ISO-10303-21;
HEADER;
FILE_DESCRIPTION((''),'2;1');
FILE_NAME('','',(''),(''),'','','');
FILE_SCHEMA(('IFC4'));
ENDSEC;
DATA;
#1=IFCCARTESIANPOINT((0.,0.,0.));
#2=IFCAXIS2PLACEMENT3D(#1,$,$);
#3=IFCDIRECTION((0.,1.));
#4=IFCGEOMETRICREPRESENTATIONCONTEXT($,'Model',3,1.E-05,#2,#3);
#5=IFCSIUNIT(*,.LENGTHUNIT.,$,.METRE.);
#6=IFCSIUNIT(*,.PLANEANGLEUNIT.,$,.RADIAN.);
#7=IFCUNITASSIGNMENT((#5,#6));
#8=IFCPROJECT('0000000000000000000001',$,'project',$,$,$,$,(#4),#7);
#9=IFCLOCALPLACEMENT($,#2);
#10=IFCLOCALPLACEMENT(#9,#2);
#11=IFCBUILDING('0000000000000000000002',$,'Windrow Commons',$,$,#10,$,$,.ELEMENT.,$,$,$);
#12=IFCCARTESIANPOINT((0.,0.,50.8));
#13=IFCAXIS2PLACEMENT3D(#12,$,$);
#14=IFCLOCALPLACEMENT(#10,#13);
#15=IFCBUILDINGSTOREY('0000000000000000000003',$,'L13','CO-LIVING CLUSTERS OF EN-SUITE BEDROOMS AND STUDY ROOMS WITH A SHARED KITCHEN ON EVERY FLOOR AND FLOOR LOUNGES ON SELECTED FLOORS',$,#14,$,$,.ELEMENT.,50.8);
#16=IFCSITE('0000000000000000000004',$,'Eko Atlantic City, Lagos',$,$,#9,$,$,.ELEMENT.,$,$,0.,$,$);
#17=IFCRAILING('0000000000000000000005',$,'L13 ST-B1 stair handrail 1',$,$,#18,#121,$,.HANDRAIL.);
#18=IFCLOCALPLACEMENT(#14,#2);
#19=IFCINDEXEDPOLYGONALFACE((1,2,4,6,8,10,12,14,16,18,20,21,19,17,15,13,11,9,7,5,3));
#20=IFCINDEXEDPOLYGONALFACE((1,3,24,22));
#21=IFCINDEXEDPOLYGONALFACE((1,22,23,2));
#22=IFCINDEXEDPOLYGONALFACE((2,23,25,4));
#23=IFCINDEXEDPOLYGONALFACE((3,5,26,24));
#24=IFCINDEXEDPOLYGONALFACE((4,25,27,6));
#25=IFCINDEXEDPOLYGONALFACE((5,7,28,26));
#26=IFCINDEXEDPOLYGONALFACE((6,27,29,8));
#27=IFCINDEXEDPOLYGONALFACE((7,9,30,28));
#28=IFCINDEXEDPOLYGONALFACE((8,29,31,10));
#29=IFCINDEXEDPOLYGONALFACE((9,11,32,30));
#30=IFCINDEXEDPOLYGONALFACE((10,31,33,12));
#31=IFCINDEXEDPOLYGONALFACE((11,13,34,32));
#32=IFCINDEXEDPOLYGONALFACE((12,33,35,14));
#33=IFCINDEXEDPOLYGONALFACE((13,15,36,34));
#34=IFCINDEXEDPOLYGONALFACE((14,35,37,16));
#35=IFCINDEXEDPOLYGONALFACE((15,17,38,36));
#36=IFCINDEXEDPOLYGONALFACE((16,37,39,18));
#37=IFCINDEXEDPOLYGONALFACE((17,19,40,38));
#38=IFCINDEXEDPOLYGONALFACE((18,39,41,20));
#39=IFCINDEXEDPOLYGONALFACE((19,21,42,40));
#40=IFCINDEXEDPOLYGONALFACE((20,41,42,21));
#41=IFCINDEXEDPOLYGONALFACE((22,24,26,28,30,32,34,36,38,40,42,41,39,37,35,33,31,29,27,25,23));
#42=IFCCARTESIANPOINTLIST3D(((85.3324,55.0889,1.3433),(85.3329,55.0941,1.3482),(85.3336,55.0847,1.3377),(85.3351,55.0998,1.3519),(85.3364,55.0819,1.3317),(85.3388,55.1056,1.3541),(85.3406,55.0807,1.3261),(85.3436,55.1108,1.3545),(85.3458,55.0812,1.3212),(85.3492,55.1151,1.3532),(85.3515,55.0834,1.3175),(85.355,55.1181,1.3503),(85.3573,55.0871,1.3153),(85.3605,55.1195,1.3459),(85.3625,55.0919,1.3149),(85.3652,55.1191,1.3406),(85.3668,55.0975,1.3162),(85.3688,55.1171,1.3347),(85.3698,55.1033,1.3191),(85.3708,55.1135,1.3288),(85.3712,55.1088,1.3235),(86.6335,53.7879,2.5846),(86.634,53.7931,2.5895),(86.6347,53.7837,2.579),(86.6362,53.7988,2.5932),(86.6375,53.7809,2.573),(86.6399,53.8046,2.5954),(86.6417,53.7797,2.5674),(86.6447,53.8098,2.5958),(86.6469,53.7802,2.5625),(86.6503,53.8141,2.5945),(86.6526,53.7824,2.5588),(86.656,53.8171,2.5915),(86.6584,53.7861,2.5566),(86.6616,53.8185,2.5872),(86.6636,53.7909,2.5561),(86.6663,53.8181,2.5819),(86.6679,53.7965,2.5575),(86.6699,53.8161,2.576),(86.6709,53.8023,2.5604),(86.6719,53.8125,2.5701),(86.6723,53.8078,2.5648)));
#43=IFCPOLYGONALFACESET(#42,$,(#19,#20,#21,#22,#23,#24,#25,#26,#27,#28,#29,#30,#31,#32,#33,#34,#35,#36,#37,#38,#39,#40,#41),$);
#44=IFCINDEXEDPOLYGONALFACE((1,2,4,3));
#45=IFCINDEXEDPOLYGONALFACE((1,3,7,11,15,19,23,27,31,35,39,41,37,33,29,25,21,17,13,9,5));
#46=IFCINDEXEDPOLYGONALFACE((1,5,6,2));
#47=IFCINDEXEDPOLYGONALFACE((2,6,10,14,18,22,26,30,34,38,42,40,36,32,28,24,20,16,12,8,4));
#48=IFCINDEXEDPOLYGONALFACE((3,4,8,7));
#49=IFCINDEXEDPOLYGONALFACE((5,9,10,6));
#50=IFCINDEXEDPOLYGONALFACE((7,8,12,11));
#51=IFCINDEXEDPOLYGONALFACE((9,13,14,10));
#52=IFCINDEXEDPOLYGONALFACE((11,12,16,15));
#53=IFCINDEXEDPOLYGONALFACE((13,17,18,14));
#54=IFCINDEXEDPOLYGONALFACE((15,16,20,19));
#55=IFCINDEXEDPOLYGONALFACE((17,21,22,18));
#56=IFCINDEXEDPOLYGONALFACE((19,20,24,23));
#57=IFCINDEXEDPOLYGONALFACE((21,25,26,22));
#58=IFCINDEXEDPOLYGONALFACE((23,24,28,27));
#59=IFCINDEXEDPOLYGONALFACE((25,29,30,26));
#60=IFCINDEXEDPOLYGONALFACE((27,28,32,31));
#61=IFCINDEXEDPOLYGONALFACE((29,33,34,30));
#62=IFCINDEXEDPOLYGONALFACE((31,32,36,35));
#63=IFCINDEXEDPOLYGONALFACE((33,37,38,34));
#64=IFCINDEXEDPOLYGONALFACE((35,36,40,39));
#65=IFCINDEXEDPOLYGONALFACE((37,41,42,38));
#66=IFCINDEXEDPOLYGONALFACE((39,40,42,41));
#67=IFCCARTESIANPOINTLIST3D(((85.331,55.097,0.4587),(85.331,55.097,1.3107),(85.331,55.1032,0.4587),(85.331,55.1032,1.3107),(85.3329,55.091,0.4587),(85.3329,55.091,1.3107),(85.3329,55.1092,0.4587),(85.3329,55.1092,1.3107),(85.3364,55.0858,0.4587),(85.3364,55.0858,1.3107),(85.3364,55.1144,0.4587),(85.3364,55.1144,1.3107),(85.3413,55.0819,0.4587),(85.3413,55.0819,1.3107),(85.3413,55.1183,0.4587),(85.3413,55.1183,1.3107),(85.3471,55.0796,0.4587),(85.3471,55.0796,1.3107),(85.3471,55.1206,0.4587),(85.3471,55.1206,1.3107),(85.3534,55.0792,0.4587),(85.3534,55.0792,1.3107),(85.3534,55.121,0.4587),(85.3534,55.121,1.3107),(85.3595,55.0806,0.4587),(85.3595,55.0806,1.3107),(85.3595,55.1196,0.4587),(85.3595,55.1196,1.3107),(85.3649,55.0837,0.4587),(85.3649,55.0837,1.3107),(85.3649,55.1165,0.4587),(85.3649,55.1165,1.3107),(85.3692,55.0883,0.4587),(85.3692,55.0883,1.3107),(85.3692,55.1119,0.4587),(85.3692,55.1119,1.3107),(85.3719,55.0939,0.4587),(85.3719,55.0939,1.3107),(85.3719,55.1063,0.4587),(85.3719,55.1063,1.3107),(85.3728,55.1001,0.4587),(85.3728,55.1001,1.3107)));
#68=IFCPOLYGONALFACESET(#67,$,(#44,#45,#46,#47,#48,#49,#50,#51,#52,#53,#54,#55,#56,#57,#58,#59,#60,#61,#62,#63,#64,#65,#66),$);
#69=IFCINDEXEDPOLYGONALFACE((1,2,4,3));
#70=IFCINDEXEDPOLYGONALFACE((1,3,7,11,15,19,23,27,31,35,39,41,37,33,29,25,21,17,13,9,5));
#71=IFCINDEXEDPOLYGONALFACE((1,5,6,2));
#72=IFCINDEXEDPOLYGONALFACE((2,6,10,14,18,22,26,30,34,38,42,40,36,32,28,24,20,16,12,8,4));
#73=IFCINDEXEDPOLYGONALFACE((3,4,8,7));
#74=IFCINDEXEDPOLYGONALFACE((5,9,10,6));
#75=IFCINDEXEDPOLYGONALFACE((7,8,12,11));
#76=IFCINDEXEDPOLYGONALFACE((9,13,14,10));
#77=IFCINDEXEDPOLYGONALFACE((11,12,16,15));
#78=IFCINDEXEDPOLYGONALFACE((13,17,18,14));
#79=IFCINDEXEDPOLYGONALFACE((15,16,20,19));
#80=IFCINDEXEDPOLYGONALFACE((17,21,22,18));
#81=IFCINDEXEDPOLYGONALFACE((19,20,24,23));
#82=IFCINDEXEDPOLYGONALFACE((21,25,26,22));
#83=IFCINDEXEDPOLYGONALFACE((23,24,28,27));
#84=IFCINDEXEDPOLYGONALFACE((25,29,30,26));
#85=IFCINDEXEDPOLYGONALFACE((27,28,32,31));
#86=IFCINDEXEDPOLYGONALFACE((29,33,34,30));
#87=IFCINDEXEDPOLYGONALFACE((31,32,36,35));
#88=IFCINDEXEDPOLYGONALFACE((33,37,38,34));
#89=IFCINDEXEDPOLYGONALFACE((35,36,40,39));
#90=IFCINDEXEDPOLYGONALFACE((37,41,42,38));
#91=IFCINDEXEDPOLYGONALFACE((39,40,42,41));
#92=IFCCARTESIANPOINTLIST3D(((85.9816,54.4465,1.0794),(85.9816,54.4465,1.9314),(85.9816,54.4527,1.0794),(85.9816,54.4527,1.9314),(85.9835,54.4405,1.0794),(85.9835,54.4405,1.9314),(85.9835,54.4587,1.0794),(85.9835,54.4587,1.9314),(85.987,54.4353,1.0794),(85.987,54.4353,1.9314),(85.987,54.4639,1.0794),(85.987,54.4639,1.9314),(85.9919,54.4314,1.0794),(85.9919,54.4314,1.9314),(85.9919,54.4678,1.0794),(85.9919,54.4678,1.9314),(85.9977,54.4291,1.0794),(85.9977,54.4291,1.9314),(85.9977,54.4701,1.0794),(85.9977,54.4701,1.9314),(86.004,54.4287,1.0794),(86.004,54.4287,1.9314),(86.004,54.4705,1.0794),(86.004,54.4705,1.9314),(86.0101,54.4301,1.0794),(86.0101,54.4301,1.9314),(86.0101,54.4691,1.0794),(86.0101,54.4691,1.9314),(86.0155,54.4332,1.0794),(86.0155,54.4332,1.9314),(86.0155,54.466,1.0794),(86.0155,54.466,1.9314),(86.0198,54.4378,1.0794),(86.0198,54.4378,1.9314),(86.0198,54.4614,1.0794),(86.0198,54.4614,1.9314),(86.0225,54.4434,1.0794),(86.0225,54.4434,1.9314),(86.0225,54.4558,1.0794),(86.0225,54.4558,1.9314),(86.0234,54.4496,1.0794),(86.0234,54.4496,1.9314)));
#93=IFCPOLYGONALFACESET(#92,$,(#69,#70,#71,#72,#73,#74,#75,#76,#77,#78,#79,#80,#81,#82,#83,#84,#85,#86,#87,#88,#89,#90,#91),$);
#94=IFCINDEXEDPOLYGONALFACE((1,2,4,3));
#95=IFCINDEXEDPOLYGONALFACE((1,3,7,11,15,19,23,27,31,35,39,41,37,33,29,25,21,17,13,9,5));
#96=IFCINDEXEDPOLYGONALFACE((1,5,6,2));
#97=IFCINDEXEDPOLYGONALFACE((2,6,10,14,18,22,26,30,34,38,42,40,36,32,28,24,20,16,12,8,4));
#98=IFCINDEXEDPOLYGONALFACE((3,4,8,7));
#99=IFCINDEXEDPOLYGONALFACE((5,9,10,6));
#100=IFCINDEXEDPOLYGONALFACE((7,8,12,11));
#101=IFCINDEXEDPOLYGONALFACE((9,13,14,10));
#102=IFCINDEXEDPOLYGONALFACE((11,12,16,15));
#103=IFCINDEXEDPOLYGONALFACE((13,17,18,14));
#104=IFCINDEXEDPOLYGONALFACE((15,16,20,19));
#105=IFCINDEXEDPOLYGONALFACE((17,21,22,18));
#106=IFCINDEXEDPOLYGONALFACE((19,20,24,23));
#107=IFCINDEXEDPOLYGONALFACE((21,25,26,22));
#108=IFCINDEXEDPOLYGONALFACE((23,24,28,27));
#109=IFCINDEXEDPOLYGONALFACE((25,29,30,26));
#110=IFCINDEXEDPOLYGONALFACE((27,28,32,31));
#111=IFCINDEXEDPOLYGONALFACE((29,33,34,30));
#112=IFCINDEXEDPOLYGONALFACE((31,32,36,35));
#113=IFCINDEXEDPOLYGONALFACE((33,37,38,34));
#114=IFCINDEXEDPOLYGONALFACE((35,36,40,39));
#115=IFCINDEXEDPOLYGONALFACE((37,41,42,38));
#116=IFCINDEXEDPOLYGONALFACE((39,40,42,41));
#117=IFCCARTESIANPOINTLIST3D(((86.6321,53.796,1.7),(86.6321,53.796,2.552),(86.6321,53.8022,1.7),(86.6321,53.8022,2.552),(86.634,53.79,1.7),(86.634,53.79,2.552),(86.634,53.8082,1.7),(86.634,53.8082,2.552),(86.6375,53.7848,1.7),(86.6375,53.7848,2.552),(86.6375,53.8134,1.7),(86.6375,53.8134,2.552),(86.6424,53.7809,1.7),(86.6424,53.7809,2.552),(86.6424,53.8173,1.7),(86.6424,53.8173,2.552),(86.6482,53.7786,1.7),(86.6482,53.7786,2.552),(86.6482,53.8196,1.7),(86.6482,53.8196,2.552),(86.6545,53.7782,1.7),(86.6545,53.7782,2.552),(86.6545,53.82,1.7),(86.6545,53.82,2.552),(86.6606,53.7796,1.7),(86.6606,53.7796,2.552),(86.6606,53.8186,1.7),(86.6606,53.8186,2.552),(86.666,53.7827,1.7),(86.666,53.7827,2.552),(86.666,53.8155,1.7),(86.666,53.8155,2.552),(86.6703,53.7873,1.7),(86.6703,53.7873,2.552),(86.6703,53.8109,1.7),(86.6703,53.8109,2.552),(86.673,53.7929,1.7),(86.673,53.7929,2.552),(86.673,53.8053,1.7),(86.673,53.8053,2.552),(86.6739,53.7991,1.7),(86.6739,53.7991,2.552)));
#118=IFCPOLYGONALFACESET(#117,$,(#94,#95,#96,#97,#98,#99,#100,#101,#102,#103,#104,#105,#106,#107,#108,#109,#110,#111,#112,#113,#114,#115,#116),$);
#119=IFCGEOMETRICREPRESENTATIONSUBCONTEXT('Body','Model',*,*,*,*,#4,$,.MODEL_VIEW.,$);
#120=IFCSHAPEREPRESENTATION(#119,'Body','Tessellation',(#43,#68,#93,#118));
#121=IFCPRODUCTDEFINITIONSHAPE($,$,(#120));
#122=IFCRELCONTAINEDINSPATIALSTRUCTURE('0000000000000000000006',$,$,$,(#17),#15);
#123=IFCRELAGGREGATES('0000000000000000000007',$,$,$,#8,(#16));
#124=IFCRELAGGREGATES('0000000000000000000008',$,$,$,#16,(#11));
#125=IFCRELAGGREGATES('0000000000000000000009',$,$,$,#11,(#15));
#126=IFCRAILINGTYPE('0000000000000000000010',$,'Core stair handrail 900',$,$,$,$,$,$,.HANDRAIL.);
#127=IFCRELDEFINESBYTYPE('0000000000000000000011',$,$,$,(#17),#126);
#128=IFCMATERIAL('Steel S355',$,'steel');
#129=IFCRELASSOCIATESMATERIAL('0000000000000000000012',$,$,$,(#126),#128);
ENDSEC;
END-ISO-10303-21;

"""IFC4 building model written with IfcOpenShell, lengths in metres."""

from ifc_helpers import new_model, si_unit, direction, frame, origin, origin_2d, place, context, subcontext, project, spatial, circle, extrude, material, type_object, element, save


model = new_model("IFC4")

# Units and contexts
model_context = context("Model", 3, precision=1e-05, world=origin(), true_north=direction((0.0, 1.0)))
body_context = subcontext(model_context, "Body", "Model", "MODEL_VIEW")
ifc_project = project(units=[si_unit("LENGTHUNIT", "METRE"), si_unit("PLANEANGLEUNIT", "RADIAN")], contexts=[model_context])

# Site, building, storey
site_placement = place(None, origin())
site = spatial("IfcSite", under=ifc_project, at=site_placement, Name="Eko Atlantic City, Lagos", CompositionType="ELEMENT", RefElevation=0.0)
building_placement = place(site_placement, origin())
building = spatial("IfcBuilding", under=site, at=building_placement, Name="Windrow Commons", CompositionType="ELEMENT")
storey_placement = place(building_placement, frame((0.0, 0.0, 50.8)))
storey = spatial("IfcBuildingStorey", under=building, at=storey_placement, Name="L13", Description="CO-LIVING CLUSTERS OF EN-SUITE BEDROOMS AND STUDY ROOMS WITH A SHARED KITCHEN ON EVERY FLOOR AND FLOOR LOUNGES ON SELECTED FLOORS", CompositionType="ELEMENT", Elevation=50.8)

# Railing
ifc_material_1 = material(Name="Steel S355", Category="steel")
railing_type_1 = type_object("IfcRailingType", Name="Core stair handrail 900", PredefinedType="HANDRAIL", material=ifc_material_1)
railing_1_placement = place(storey_placement, frame((85.3518, 55.1001, 0.4587)))
element("IfcRailing", 1, at=railing_1_placement, inside=storey, type_object=railing_type_1, Name="L13 ST-B1 stair handrail 1", PredefinedType="HANDRAIL", context=body_context, shape_type="SweptSolid", body=[
    extrude(circle(Radius=0.024, at=origin_2d()), frame((0.0, 0.0, 0.876), z_axis=(0.586207, -0.586162, 0.559264), x_axis=(0.70708, 0.707134, 0.0)), (0.0, 0.0, 1.0), 2.2195),
    extrude(circle(Radius=0.021, at=origin_2d()), origin(), (0.0, 0.0, 1.0), 0.852),
    extrude(circle(Radius=0.021, at=origin_2d()), frame((0.6506, -0.6505, 0.6207)), (0.0, 0.0, 1.0), 0.852),
    extrude(circle(Radius=0.021, at=origin_2d()), frame((1.3011, -1.301, 1.2413)), (0.0, 0.0, 1.0), 0.852),
])

save(model, "model.ifc")
